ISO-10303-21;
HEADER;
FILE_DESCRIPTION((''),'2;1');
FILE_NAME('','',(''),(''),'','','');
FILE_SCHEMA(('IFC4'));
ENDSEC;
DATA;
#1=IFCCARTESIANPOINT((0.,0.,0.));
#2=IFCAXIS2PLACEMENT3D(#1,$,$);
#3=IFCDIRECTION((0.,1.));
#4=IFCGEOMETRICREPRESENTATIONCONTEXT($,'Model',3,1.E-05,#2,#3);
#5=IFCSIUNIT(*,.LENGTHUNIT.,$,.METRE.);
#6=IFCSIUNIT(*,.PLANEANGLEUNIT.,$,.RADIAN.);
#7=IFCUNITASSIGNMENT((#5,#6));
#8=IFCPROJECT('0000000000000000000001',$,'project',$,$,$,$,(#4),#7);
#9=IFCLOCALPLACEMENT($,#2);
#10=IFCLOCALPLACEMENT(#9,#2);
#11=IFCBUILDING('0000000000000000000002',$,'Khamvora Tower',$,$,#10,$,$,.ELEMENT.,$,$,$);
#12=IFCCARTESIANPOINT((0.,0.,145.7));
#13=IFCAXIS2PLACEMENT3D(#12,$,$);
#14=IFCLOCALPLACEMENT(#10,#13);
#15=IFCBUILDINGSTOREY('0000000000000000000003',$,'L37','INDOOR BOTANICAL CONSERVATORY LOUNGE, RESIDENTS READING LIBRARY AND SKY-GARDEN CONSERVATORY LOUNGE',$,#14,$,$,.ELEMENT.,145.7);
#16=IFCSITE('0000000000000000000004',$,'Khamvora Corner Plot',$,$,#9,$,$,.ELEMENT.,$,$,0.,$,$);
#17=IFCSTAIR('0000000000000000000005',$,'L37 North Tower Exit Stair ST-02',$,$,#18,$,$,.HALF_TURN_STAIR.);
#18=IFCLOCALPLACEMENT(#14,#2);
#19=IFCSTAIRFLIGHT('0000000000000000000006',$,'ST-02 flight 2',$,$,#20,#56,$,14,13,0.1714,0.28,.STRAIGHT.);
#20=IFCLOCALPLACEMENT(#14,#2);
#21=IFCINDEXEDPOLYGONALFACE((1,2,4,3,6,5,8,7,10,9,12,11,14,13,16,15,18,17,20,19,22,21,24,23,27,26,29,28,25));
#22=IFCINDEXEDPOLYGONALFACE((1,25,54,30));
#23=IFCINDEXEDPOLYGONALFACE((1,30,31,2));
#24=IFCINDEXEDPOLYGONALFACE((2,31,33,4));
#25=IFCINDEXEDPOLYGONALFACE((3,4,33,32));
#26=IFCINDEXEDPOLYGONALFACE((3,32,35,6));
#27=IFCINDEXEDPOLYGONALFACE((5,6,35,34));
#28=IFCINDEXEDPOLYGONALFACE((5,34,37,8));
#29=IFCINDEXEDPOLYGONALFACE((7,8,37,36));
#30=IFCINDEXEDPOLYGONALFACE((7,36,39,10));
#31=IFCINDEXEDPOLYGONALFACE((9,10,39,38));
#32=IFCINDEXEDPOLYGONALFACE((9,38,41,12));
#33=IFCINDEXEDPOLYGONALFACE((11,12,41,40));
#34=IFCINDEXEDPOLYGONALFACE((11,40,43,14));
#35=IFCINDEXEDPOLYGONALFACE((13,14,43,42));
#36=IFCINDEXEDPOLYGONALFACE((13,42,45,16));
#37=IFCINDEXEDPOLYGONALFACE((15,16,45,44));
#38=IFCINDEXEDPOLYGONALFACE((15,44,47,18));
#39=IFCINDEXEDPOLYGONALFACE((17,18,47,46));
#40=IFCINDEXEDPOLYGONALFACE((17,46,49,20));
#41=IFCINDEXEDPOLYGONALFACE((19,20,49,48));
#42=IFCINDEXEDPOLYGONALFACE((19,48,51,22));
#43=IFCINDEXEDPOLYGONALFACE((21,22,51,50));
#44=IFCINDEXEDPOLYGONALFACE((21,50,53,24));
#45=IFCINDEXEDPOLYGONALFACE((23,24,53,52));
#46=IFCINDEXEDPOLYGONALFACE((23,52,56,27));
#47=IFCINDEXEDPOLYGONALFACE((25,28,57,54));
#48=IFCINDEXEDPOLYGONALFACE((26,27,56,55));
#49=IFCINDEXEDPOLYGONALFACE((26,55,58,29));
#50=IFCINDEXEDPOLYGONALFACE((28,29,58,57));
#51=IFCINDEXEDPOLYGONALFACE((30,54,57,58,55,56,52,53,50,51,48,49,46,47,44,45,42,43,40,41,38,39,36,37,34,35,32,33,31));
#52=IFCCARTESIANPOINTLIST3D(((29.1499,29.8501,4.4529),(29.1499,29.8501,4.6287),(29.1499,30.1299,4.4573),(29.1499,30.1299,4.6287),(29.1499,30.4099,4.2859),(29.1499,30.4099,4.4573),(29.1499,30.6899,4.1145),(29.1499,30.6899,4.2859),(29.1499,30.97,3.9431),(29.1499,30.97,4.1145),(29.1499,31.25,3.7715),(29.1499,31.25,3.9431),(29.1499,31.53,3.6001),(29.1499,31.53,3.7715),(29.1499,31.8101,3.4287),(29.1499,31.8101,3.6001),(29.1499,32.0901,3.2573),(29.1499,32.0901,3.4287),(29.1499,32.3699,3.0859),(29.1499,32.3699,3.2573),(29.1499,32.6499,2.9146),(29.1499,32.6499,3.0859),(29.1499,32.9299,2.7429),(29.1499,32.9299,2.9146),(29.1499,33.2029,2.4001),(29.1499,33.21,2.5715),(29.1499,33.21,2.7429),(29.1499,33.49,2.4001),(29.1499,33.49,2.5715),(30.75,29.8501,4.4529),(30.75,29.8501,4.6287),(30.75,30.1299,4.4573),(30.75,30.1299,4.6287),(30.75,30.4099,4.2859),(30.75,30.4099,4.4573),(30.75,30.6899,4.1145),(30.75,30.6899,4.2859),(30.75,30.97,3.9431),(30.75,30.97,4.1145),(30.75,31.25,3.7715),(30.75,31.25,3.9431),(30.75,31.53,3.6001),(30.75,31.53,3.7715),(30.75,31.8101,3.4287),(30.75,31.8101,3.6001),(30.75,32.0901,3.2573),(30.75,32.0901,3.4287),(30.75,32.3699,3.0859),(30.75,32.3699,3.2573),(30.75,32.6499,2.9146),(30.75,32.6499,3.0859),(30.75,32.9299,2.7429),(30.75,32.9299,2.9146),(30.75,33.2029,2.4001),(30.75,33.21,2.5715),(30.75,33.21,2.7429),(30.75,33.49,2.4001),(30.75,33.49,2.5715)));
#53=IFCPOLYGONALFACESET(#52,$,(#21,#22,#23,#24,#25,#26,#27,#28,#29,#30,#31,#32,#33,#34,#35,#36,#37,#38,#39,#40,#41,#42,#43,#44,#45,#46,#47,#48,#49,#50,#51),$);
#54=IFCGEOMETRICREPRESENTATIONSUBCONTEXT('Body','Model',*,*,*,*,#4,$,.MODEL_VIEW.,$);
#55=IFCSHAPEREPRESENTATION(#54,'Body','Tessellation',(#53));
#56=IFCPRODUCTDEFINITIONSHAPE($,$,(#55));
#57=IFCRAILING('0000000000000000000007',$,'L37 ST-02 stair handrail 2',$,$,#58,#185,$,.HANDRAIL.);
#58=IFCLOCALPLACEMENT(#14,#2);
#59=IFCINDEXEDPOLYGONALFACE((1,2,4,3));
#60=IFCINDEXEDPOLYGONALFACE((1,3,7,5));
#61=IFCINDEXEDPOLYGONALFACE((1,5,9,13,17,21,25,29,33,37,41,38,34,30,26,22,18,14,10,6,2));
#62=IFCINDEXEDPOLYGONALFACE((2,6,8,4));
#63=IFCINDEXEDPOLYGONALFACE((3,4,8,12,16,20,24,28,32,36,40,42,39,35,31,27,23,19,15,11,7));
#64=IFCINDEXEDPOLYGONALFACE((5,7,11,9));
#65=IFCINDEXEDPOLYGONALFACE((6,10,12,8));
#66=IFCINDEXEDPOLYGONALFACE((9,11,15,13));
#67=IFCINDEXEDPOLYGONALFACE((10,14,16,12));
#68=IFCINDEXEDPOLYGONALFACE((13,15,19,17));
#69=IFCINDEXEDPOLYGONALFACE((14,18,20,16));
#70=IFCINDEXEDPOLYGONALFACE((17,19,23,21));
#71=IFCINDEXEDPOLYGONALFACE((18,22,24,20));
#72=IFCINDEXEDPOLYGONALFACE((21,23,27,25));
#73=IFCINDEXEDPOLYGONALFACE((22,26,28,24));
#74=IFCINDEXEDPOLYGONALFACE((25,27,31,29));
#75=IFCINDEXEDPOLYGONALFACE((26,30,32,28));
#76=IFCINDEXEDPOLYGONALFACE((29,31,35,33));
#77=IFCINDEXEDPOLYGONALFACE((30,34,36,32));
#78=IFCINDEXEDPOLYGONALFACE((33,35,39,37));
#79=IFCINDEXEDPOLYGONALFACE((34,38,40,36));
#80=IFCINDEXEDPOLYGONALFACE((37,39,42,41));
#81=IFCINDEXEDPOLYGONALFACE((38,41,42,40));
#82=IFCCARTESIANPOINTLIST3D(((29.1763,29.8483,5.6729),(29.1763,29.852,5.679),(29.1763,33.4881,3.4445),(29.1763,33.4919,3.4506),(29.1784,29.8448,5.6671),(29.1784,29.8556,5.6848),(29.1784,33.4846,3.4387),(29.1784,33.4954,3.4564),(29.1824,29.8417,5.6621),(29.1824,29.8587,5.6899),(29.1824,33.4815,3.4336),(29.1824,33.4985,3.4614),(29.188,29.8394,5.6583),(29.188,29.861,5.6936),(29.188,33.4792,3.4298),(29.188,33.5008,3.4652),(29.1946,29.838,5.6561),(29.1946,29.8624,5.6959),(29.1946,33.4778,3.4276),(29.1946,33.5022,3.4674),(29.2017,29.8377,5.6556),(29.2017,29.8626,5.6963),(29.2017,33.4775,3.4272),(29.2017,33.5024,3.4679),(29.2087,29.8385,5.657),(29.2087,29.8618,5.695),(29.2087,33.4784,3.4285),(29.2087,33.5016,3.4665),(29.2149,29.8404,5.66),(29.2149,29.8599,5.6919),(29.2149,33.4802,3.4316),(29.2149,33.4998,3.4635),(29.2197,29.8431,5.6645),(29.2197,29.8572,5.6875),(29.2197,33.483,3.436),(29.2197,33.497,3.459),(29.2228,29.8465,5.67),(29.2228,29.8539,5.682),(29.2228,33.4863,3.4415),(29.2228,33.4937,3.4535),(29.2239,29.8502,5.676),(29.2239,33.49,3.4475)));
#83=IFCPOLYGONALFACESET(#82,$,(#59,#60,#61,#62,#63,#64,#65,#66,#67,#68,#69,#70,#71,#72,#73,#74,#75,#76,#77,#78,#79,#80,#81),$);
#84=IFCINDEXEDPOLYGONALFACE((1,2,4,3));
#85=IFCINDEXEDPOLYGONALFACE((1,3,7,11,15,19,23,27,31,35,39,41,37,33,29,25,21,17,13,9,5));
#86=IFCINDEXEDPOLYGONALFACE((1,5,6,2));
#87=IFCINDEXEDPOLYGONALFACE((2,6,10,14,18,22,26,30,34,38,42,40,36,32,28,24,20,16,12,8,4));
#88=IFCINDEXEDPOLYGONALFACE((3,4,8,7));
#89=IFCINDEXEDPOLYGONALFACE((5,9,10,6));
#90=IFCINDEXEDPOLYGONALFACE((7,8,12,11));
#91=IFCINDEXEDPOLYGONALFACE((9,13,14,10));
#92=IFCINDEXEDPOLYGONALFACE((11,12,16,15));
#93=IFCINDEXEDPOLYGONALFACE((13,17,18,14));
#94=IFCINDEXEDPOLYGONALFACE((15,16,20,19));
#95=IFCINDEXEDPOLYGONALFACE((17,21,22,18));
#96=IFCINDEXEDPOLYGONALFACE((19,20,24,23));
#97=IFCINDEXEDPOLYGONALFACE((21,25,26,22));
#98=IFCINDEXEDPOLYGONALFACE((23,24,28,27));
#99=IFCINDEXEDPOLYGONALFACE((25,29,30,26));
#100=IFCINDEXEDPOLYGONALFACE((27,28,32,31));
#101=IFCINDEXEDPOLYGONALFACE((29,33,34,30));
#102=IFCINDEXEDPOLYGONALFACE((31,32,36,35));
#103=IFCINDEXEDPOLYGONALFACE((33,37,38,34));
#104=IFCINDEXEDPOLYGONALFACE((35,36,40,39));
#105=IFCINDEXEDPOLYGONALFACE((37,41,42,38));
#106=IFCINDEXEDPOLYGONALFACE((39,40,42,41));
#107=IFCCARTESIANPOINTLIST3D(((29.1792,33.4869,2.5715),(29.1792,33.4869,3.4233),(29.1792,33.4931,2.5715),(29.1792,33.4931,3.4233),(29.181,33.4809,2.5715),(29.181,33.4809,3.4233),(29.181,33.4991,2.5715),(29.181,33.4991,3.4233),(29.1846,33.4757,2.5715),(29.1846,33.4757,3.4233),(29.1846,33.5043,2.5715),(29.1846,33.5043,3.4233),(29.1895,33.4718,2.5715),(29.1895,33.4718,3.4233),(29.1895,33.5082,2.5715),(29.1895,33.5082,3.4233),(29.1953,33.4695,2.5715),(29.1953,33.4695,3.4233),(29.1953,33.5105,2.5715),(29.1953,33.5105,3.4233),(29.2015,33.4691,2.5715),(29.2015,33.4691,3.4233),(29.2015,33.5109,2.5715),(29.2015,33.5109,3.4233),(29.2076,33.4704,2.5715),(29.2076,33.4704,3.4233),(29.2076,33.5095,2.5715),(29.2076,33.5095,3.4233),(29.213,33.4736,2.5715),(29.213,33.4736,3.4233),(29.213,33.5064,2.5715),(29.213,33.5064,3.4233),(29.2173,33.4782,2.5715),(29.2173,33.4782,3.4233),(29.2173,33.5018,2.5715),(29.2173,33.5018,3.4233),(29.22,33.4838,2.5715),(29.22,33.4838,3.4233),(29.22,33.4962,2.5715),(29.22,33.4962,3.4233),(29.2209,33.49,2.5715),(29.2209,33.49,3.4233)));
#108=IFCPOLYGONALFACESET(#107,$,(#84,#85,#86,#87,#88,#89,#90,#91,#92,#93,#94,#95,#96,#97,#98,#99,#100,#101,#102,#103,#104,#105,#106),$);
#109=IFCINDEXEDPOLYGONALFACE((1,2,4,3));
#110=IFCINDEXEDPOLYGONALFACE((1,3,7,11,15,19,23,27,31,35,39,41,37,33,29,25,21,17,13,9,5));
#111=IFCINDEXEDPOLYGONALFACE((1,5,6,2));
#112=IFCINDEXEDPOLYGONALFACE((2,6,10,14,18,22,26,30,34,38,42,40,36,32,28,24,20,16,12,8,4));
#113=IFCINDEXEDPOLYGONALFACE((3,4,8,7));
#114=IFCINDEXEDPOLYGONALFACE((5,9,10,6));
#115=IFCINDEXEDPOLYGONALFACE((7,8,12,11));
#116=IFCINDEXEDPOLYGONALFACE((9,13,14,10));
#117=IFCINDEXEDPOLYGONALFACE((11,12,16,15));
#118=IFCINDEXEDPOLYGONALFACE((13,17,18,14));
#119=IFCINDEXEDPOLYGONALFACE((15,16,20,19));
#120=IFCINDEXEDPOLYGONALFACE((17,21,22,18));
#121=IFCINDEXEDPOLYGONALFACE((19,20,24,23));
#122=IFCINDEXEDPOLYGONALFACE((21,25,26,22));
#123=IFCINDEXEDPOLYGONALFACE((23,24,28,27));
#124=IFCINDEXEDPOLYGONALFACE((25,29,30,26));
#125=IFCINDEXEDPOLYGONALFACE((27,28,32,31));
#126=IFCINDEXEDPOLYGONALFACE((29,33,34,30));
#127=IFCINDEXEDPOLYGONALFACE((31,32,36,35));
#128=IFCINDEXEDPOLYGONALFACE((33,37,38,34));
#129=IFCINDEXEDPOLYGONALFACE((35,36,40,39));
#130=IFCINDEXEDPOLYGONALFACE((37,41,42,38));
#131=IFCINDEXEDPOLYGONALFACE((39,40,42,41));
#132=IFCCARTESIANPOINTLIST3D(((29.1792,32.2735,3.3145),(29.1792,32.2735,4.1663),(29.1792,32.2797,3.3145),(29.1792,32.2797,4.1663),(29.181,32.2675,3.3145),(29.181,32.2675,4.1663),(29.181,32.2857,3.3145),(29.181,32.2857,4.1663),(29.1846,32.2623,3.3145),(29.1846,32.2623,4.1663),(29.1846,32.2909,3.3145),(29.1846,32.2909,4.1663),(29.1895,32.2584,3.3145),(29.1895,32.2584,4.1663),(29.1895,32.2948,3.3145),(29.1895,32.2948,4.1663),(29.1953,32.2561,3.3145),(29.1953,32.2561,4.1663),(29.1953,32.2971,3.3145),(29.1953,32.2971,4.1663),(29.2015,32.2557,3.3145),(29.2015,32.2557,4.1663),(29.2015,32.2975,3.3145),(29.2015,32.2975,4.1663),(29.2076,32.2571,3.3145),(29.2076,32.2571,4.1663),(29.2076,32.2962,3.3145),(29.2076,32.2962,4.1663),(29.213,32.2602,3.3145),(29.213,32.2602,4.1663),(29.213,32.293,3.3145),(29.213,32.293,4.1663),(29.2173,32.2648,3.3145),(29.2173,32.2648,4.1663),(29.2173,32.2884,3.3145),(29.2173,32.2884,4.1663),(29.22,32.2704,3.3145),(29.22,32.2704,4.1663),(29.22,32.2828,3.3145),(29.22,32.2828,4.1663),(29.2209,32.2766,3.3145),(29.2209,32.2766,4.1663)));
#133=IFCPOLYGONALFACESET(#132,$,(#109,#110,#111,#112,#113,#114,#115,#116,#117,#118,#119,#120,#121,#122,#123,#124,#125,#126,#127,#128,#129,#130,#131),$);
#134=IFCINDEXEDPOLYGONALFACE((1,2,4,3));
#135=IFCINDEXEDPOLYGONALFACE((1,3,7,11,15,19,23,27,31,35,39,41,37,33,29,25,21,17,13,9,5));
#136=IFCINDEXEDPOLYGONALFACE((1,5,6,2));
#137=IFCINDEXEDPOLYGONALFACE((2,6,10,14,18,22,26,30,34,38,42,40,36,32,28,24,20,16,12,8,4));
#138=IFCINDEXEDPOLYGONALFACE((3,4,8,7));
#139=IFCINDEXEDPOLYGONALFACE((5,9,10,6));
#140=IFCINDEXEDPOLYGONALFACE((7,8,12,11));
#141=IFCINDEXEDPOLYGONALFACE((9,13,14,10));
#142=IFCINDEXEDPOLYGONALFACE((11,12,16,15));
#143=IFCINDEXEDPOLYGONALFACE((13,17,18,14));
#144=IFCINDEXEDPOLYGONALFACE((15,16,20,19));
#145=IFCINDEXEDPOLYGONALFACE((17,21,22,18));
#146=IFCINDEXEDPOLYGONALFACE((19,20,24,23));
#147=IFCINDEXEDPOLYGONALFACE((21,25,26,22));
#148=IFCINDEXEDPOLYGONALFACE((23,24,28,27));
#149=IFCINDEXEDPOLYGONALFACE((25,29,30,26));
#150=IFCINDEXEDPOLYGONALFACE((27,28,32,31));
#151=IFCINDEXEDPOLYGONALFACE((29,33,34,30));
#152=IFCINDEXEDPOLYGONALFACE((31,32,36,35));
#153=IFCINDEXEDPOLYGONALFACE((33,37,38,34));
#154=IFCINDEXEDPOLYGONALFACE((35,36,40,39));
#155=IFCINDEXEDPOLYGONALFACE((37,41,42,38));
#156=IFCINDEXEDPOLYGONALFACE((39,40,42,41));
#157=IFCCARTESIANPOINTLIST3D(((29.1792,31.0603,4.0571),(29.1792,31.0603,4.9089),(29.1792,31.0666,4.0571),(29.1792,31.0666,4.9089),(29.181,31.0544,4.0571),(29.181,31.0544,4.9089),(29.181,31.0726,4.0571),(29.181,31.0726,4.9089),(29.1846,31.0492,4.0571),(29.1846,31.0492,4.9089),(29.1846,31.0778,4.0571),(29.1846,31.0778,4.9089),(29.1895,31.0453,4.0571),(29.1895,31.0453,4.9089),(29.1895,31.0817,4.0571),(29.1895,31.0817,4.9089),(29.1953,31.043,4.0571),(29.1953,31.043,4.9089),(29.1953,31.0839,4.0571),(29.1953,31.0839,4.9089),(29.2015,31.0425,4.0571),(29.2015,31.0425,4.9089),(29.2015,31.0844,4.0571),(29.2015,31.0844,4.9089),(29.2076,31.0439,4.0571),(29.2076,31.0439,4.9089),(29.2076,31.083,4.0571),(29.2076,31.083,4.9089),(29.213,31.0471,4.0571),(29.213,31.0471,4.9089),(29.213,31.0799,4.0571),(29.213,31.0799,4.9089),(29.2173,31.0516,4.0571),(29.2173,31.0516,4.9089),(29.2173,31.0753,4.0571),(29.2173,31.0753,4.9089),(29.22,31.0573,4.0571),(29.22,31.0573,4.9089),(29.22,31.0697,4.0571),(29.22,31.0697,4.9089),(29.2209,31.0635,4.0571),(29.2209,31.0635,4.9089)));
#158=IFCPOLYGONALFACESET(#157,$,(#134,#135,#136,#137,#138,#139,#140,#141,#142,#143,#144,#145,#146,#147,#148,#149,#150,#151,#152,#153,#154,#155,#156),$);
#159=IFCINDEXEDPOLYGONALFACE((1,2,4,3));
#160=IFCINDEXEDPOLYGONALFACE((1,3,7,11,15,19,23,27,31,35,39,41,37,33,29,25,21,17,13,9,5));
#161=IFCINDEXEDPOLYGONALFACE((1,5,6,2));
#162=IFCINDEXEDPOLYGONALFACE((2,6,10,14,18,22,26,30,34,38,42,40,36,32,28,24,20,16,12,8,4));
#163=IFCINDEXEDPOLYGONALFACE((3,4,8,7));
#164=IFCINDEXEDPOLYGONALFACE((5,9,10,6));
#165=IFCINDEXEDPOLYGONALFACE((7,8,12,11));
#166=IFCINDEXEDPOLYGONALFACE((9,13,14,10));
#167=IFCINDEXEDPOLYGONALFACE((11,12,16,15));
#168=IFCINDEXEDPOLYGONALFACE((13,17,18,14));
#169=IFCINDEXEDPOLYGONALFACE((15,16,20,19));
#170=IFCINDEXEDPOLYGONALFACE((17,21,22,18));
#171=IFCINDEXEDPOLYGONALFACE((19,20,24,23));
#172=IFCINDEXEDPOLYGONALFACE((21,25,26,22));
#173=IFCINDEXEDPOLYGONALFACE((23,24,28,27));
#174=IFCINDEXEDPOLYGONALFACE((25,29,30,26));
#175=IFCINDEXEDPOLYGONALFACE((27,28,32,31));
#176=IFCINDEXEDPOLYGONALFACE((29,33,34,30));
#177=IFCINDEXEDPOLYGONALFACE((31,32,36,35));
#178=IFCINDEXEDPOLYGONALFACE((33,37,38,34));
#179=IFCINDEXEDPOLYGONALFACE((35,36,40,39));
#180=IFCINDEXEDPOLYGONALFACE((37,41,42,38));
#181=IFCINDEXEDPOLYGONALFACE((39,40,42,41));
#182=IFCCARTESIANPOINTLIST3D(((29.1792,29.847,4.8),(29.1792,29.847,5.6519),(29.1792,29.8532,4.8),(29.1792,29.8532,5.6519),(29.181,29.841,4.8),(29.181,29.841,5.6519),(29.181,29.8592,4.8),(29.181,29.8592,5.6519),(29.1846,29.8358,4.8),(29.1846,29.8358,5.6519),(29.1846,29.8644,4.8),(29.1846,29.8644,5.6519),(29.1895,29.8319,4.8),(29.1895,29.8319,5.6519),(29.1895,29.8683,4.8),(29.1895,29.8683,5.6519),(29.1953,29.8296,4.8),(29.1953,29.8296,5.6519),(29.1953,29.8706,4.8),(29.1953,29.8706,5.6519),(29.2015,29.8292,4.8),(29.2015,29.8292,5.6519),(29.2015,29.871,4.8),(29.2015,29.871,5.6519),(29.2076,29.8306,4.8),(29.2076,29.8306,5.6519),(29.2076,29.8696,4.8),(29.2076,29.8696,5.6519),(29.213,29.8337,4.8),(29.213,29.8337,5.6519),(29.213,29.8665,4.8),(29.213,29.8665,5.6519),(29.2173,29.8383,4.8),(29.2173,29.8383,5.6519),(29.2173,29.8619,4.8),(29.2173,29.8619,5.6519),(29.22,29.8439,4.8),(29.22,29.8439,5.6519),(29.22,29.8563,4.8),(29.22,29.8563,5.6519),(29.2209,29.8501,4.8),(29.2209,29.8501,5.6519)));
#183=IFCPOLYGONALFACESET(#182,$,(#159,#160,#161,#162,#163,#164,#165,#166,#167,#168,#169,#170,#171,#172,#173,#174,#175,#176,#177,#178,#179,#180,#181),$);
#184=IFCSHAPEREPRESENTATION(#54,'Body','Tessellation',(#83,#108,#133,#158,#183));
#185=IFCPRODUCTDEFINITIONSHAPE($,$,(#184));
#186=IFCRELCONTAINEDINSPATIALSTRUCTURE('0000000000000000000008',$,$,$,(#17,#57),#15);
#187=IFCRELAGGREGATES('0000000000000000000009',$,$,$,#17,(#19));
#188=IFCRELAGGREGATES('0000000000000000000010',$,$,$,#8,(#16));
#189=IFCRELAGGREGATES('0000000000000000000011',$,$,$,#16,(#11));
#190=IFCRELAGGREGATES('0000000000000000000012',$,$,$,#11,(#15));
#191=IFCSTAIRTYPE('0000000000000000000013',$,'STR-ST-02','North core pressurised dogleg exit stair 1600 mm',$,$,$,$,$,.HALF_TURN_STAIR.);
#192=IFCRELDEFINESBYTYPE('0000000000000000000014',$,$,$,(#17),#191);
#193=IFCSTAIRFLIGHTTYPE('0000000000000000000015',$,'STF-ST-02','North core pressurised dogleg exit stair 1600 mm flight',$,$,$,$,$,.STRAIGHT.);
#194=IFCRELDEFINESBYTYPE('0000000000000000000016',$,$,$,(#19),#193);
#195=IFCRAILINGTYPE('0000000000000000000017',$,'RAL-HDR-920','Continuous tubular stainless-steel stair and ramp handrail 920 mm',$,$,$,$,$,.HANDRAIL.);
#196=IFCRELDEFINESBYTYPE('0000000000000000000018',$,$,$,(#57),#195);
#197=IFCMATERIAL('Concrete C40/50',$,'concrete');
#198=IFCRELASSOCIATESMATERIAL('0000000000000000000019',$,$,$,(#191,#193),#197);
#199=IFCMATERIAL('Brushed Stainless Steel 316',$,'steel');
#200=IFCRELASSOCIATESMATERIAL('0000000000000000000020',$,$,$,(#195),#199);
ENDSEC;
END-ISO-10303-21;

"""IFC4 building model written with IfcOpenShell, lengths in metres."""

from ifc_helpers import new_model, si_unit, direction, frame, origin, origin_2d, place, context, subcontext, project, spatial, polyline, circle, outline, extrude, material, type_object, element, aggregate, save


model = new_model("IFC4")

# Units and contexts
model_context = context("Model", 3, precision=1e-05, world=origin(), true_north=direction((0.0, 1.0)))
body_context = subcontext(model_context, "Body", "Model", "MODEL_VIEW")
ifc_project = project(units=[si_unit("LENGTHUNIT", "METRE"), si_unit("PLANEANGLEUNIT", "RADIAN")], contexts=[model_context])

# Site, building, storey
site_placement = place(None, origin())
site = spatial("IfcSite", under=ifc_project, at=site_placement, Name="Khamvora Corner Plot", CompositionType="ELEMENT", RefElevation=0.0)
building_placement = place(site_placement, origin())
building = spatial("IfcBuilding", under=site, at=building_placement, Name="Khamvora Tower", CompositionType="ELEMENT")
storey_placement = place(building_placement, frame((0.0, 0.0, 145.7)))
storey = spatial("IfcBuildingStorey", under=building, at=storey_placement, Name="L37", Description="INDOOR BOTANICAL CONSERVATORY LOUNGE, RESIDENTS READING LIBRARY AND SKY-GARDEN CONSERVATORY LOUNGE", CompositionType="ELEMENT", Elevation=145.7)

# Stair, stair flight
ifc_material_1 = material(Name="Concrete C40/50", Category="concrete")
stair_type = type_object("IfcStairType", Name="STR-ST-02", Description="North core pressurised dogleg exit stair 1600 mm", PredefinedType="HALF_TURN_STAIR", material=ifc_material_1)
stair_placement = place(storey_placement, origin())
stair = element("IfcStair", 1, at=stair_placement, inside=storey, type_object=stair_type, Name="L37 North Tower Exit Stair ST-02", PredefinedType="HALF_TURN_STAIR")
stair_flight_type = type_object("IfcStairFlightType", Name="STF-ST-02", Description="North core pressurised dogleg exit stair 1600 mm flight", PredefinedType="STRAIGHT", material=ifc_material_1)
stair_flight_placement = place(storey_placement, frame((29.95, 33.49, 2.4001), z_axis=(0.0, 0.0, 1.0), x_axis=(0.0, -1.0, 0.0)))
stair_flight = element("IfcStairFlight", 2, at=stair_flight_placement, type_object=stair_flight_type, Name="ST-02 flight 2", NumberOfRisers=14, NumberOfTreads=13, PredefinedType="STRAIGHT", RiserHeight=0.1714, TreadLength=0.28, context=body_context, shape_type="SweptSolid", body=[
    extrude(outline(polyline([(0.0, 0.0), (0.0, 0.1714), (0.28, 0.1714), (0.28, 0.3428), (0.5601, 0.3428), (0.5601, 0.5144), (0.8401, 0.5144), (0.8401, 0.6858), (1.1201, 0.6858), (1.1201, 0.8572), (1.3999, 0.8572), (1.3999, 1.0286), (1.6799, 1.0286), (1.6799, 1.2), (1.96, 1.2), (1.96, 1.3713), (2.24, 1.3713), (2.24, 1.543), (2.52, 1.543), (2.52, 1.7144), (2.8, 1.7144), (2.8, 1.8857), (3.0801, 1.8857), (3.0801, 2.0571), (3.3601, 2.0571), (3.3601, 2.2285), (3.6399, 2.2285), (3.6399, 2.3999), (3.6399, 2.0527), (0.2871, 0.0), (0.0, 0.0)])), frame((0.0, 0.8, 0.0), z_axis=(0.0, -1.0, 0.0), x_axis=(1.0, 0.0, 0.0)), (0.0, 0.0, 1.0), 1.6001),
])
aggregate(stair, [stair_flight])

# Railing
ifc_material_2 = material(Name="Brushed Stainless Steel 316", Category="steel")
railing_type_1 = type_object("IfcRailingType", Name="RAL-HDR-920", Description="Continuous tubular stainless-steel stair and ramp handrail 920 mm", PredefinedType="HANDRAIL", material=ifc_material_2)
railing_1_placement = place(storey_placement, frame((29.2, 33.49, 2.5715)))
element("IfcRailing", 3, at=railing_1_placement, inside=storey, type_object=railing_type_1, Name="L37 ST-02 stair handrail 2", PredefinedType="HANDRAIL", context=body_context, shape_type="SweptSolid", body=[
    extrude(circle(Radius=0.0239, at=origin_2d()), frame((0.0, 0.0, 0.876), z_axis=(0.0, -0.85285, 0.522156), x_axis=(1.0, 0.0, 0.0)), (0.0, 0.0, 1.0), 4.2678),
    extrude(circle(Radius=0.021, at=origin_2d()), origin(), (0.0, 0.0, 1.0), 0.8518),
    extrude(circle(Radius=0.021, at=origin_2d()), frame((0.0, -1.2134, 0.7429)), (0.0, 0.0, 1.0), 0.8518),
    extrude(circle(Radius=0.021, at=origin_2d()), frame((0.0, -2.4265, 1.4856)), (0.0, 0.0, 1.0), 0.8518),
    extrude(circle(Radius=0.021, at=origin_2d()), frame((0.0, -3.6399, 2.2285)), (0.0, 0.0, 1.0), 0.8518),
])

save(model, "model.ifc")
